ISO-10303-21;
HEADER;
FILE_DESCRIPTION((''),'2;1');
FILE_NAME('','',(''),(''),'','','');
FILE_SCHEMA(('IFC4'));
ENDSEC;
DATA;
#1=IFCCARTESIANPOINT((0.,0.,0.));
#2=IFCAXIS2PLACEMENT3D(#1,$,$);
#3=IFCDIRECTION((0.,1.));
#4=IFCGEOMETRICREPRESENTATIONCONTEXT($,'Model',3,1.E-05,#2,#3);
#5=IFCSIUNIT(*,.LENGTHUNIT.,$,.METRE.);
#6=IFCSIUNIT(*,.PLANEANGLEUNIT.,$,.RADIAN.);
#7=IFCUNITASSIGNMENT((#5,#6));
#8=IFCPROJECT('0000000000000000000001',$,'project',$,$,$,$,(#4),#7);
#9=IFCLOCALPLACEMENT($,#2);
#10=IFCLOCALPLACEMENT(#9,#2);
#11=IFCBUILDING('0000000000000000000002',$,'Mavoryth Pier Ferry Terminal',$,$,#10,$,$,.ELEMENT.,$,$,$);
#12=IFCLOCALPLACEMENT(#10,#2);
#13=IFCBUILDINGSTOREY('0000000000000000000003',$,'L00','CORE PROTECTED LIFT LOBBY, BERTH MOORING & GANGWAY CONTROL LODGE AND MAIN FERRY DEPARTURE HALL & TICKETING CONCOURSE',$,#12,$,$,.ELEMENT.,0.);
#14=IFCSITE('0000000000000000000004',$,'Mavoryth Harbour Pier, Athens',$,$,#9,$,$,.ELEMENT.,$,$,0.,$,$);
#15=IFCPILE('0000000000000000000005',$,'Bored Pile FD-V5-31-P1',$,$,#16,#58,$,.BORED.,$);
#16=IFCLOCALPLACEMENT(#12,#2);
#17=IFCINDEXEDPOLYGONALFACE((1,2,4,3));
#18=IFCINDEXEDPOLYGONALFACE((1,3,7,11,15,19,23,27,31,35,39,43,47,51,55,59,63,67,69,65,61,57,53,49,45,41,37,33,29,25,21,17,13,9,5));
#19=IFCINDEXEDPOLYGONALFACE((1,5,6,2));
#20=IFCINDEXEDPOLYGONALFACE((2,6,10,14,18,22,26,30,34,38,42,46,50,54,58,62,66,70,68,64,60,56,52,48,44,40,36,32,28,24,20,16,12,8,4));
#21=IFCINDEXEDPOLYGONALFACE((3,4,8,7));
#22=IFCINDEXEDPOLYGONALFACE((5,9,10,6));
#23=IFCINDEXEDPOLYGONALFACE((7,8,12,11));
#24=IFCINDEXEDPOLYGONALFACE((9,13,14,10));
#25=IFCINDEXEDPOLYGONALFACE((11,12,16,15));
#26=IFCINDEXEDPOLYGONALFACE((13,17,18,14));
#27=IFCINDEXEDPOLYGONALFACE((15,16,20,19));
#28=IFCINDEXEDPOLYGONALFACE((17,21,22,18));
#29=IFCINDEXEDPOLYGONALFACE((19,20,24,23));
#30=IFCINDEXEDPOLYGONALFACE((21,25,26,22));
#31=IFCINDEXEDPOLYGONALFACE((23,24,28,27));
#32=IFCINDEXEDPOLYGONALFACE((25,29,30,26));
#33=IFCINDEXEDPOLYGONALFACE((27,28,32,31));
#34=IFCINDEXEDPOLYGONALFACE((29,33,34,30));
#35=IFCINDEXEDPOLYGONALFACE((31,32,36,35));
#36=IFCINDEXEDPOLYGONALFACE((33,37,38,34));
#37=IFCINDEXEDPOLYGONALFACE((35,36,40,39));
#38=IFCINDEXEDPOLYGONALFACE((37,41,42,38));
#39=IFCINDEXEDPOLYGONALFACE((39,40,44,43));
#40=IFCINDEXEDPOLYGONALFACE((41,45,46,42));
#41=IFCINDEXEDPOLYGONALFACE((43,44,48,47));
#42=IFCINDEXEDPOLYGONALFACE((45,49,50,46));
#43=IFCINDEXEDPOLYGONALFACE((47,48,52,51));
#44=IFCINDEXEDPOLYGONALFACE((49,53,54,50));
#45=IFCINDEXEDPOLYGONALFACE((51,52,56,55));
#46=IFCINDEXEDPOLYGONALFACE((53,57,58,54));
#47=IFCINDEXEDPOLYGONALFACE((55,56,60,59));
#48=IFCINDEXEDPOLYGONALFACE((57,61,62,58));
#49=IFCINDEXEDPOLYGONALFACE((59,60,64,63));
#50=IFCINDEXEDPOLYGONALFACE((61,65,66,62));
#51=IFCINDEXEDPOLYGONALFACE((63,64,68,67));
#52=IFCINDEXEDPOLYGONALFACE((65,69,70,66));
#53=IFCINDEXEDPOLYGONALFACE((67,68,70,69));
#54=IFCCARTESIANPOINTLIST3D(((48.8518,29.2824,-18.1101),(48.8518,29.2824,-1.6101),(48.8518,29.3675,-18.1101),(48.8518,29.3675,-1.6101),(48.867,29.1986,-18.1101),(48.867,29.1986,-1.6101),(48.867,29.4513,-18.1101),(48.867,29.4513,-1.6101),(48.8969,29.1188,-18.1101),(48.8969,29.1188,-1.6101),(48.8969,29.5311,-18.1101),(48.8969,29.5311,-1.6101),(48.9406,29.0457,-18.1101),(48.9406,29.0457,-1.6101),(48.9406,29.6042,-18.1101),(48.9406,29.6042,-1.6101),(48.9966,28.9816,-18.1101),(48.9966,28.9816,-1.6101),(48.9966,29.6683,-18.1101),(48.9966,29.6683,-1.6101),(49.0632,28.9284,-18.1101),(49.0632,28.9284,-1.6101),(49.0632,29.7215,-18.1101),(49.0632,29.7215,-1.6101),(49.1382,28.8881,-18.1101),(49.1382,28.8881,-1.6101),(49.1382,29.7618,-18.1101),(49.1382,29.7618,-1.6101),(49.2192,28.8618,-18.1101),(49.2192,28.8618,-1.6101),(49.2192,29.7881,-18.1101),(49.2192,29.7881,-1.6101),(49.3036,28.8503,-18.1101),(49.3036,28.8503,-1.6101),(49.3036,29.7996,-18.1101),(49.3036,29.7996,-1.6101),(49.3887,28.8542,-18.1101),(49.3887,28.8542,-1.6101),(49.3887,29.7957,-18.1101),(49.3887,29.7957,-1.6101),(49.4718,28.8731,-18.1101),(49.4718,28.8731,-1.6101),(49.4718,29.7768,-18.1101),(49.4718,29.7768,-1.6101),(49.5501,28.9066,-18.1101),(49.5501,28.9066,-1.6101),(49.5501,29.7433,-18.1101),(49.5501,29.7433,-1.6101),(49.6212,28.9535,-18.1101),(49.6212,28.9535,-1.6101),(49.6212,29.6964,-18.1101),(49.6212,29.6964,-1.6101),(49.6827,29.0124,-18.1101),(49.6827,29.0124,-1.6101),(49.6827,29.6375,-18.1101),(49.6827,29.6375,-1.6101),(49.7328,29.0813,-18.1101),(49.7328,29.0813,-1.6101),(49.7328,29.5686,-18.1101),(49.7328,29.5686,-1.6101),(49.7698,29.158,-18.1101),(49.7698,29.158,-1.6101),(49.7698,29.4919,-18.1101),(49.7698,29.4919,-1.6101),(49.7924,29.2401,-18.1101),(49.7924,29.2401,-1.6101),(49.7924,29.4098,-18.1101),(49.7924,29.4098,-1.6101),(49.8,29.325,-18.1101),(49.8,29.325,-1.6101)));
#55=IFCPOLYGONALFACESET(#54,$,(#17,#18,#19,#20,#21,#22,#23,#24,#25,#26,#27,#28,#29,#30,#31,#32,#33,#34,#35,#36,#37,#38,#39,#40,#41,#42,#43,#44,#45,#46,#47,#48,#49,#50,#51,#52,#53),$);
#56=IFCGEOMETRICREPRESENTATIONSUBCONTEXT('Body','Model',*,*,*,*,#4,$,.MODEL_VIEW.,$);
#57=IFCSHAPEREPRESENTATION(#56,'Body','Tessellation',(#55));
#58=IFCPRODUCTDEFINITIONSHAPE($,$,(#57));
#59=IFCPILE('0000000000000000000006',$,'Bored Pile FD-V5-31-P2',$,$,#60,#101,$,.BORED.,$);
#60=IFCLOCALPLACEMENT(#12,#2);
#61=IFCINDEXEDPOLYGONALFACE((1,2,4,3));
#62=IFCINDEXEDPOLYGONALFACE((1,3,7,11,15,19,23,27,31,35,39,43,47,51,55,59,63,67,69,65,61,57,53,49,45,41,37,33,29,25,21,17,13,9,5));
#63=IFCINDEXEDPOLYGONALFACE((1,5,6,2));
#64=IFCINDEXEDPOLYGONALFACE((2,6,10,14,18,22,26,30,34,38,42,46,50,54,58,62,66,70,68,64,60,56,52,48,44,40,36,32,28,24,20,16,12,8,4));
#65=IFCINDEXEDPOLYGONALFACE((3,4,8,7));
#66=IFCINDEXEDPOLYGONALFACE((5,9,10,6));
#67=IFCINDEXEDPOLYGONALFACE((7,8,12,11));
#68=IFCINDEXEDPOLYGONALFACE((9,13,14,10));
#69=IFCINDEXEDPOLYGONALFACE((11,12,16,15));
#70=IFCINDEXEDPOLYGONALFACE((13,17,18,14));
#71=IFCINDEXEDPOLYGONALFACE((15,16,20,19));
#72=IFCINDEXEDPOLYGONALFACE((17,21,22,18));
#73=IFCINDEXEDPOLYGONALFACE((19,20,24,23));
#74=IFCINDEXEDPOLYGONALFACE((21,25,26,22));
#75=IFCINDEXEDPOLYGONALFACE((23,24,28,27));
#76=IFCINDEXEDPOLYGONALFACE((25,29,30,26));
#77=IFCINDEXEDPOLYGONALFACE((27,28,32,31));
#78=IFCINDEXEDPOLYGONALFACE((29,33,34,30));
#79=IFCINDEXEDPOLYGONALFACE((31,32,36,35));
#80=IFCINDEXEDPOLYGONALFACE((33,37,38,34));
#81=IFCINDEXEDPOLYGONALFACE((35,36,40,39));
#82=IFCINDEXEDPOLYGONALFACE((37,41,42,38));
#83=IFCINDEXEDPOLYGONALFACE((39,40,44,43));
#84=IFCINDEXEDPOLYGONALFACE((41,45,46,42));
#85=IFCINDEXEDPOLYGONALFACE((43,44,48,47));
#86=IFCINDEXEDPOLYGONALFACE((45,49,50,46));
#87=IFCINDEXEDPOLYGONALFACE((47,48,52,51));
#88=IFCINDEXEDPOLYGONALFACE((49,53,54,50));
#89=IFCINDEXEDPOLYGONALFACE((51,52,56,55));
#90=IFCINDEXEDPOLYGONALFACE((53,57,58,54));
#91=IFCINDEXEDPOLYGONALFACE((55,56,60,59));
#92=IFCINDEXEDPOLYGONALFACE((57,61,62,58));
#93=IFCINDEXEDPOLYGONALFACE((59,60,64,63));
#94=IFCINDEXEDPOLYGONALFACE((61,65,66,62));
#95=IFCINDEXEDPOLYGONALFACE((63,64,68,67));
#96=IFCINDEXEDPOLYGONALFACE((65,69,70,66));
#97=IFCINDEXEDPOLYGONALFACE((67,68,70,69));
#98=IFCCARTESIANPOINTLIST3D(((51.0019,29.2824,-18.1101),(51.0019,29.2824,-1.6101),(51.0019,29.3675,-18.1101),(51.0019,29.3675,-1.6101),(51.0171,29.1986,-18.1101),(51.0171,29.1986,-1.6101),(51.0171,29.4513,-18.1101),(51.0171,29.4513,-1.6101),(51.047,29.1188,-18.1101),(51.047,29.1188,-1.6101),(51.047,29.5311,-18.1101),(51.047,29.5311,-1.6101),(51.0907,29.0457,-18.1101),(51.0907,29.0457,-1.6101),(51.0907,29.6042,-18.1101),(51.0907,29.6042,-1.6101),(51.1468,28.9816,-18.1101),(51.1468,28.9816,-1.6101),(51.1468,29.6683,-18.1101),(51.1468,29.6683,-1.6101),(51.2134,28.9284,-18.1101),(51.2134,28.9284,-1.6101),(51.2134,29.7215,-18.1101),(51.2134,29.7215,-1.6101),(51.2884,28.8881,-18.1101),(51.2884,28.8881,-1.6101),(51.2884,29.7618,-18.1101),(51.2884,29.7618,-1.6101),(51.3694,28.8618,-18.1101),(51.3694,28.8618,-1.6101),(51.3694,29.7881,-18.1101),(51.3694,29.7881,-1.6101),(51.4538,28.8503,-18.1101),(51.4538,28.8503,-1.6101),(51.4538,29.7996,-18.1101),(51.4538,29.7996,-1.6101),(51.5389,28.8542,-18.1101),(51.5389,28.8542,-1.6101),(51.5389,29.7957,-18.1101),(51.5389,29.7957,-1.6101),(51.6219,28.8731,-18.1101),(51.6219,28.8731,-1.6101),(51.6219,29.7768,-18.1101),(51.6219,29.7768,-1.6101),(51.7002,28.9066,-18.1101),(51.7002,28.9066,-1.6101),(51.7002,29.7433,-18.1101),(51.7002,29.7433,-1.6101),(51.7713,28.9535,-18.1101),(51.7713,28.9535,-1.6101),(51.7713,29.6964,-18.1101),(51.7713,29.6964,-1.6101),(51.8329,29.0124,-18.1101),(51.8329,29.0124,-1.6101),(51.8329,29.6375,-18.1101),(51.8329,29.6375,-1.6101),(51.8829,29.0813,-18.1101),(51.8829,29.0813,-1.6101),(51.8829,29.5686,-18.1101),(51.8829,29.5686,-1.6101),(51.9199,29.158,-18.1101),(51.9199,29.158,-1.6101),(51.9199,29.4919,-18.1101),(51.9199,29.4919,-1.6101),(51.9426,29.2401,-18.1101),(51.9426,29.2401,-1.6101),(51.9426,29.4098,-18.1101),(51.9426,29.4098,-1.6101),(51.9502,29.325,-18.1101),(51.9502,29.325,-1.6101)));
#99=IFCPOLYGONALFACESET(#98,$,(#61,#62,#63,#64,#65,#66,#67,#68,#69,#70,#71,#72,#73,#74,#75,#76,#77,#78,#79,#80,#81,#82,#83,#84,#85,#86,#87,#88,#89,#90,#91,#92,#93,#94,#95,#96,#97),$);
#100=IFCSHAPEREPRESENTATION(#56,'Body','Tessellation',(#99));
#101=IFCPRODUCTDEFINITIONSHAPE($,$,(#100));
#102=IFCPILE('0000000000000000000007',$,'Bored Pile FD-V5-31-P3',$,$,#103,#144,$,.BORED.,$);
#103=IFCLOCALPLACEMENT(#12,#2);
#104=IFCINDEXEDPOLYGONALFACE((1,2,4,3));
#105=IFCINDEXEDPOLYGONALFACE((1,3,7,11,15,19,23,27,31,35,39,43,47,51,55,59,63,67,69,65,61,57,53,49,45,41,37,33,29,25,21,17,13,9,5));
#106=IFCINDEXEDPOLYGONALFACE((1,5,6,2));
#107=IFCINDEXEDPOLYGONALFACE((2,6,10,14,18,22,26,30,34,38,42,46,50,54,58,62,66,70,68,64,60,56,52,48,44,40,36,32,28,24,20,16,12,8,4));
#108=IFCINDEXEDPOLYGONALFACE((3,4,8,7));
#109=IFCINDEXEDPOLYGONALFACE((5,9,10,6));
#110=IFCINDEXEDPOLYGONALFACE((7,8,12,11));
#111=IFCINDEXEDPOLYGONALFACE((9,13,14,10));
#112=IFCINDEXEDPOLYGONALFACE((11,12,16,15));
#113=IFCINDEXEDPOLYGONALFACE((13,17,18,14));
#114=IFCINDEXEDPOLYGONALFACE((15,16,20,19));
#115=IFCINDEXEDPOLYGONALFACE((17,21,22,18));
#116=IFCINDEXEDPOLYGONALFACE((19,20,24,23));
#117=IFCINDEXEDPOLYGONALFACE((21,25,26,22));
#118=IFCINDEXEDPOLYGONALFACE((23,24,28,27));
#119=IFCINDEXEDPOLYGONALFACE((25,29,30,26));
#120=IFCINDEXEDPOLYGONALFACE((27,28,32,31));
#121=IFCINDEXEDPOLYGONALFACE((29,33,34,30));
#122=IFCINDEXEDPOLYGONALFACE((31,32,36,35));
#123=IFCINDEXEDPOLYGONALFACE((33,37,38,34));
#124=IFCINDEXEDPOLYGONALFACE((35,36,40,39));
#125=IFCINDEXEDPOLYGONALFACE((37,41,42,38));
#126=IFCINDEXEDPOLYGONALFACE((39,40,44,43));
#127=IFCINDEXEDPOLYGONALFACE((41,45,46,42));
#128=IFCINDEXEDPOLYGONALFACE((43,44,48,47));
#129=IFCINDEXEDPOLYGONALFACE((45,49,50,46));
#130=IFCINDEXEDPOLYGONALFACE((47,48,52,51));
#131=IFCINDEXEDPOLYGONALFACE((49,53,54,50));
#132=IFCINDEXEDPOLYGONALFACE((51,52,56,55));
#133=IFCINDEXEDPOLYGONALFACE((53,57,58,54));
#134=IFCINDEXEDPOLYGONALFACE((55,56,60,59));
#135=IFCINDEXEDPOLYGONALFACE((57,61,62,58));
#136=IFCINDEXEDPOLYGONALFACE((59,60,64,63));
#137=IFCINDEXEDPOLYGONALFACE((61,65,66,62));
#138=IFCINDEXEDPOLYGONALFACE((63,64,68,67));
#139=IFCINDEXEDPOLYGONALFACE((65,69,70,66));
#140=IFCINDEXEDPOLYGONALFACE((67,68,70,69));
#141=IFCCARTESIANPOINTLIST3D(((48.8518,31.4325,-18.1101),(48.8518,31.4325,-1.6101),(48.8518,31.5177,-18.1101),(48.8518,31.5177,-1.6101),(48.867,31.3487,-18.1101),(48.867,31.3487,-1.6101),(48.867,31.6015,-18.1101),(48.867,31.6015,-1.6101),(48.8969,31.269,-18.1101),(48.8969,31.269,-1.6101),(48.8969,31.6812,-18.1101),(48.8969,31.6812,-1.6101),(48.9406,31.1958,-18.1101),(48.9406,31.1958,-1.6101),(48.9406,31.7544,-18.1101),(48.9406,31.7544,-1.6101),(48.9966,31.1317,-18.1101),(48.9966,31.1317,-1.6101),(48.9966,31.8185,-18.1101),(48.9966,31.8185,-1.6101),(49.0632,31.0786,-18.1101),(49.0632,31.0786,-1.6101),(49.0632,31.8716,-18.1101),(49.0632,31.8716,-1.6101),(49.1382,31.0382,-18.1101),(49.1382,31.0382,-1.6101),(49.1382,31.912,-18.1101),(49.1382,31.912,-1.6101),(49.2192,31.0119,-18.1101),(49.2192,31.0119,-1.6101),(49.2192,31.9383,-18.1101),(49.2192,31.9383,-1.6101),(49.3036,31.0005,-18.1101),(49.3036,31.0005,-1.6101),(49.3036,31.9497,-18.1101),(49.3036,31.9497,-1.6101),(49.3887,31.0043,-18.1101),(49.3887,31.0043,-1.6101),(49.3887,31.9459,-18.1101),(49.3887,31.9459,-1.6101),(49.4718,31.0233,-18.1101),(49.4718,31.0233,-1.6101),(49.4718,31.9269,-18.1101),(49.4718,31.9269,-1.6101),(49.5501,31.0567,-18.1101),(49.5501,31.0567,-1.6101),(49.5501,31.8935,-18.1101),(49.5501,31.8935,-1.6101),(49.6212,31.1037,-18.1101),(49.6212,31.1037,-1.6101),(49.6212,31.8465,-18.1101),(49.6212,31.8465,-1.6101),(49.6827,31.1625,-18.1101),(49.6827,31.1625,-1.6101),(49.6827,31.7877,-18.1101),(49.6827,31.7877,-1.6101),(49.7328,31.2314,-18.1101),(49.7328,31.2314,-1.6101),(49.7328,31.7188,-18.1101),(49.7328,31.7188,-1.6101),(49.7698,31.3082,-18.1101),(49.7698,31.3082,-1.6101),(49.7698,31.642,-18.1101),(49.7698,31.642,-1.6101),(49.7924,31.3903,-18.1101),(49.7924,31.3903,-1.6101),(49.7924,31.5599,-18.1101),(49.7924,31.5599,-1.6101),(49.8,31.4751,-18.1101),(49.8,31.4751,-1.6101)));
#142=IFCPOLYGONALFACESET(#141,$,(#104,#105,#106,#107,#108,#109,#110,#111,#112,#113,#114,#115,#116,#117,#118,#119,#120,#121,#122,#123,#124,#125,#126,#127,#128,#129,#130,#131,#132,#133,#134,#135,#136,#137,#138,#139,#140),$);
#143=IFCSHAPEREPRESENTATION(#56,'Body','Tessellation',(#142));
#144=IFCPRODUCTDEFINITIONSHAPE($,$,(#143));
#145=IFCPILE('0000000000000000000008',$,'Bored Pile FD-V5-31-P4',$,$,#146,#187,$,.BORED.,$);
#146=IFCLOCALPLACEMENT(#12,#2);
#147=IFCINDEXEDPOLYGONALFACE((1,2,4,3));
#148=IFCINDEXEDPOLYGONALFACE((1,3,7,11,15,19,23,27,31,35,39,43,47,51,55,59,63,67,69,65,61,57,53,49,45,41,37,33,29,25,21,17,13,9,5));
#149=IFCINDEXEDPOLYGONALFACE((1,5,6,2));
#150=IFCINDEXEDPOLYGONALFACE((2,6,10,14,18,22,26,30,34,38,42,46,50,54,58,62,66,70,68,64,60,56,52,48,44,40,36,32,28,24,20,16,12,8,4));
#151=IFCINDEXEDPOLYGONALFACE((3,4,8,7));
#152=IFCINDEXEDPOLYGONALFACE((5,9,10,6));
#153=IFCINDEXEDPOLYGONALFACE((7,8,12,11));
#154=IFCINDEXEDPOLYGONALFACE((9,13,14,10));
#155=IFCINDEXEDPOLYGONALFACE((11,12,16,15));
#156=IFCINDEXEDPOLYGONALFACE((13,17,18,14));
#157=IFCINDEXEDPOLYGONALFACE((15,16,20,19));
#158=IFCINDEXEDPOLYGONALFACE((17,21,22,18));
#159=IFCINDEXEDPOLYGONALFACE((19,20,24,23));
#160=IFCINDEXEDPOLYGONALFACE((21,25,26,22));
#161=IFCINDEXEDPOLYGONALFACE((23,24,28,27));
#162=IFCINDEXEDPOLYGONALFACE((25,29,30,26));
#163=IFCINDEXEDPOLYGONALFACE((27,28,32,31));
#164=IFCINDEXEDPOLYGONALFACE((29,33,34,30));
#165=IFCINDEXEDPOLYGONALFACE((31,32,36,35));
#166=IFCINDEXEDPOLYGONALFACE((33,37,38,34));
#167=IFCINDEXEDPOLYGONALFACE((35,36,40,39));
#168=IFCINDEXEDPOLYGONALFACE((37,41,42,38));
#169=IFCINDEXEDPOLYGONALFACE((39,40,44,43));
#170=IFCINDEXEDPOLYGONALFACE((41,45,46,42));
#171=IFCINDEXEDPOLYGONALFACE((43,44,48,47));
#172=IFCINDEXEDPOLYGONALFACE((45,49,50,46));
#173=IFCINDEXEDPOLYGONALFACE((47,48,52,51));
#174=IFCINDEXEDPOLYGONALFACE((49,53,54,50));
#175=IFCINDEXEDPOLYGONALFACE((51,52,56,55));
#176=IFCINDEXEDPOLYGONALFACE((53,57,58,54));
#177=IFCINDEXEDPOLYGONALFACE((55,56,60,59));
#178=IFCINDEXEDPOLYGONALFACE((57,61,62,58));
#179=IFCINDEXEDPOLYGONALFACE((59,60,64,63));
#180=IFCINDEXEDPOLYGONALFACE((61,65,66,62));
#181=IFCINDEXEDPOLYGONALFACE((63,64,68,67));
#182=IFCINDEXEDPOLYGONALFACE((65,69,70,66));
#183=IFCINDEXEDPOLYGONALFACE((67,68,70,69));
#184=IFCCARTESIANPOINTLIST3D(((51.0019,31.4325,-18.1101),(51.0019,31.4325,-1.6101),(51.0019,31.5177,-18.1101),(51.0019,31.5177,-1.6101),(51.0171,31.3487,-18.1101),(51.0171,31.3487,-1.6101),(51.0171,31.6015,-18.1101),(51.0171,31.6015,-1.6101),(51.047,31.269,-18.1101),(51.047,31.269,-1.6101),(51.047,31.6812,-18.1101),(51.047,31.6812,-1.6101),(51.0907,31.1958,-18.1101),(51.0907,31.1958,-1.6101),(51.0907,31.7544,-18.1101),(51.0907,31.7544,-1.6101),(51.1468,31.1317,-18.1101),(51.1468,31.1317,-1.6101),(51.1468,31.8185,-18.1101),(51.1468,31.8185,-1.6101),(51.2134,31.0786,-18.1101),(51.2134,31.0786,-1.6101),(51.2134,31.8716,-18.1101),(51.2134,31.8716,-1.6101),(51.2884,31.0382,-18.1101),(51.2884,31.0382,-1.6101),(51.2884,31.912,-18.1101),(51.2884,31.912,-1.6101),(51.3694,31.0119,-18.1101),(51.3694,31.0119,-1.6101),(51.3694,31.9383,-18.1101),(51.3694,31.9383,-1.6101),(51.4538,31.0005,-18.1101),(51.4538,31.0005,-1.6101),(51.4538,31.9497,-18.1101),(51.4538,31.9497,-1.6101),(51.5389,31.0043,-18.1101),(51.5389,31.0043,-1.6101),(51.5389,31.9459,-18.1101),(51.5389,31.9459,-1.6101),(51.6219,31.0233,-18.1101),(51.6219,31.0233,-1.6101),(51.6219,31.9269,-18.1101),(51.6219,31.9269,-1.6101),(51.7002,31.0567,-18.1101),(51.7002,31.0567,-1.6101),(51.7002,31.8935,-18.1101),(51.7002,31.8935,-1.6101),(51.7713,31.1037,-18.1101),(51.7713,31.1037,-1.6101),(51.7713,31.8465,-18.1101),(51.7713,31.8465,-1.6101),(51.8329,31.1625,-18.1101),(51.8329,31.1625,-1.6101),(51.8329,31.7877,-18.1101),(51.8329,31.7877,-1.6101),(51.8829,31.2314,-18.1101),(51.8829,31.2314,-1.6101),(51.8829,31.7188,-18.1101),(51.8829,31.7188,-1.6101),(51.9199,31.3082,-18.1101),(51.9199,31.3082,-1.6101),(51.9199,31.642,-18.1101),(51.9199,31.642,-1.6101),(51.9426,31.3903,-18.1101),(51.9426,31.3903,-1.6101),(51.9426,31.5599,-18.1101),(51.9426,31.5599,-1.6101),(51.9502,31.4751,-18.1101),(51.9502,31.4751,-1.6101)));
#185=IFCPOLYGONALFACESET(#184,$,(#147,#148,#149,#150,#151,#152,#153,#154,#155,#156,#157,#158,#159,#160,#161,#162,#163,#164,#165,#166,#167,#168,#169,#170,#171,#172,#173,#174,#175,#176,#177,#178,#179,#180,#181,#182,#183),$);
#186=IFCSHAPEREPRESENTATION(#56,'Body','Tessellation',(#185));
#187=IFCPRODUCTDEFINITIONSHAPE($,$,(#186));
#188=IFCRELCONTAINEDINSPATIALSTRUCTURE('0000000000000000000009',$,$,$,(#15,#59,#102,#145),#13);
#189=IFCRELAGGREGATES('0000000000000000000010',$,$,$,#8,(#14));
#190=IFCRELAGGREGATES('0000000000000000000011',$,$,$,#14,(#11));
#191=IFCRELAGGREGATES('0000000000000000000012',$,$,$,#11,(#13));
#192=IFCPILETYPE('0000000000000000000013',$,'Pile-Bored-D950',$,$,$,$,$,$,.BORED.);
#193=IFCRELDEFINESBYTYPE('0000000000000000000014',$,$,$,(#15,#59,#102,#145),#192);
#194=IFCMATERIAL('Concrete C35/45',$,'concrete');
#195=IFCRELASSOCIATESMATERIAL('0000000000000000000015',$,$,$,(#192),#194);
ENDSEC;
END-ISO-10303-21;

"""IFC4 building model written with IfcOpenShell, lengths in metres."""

from ifc_helpers import new_model, si_unit, direction, frame, origin, origin_2d, place, context, subcontext, project, spatial, circle, extrude, material, material_profile, profile_set, type_object, element, save


model = new_model("IFC4")

# Units and contexts
model_context = context("Model", 3, precision=1e-05, world=origin(), true_north=direction((0.0, 1.0)))
body_context = subcontext(model_context, "Body", "Model", "MODEL_VIEW")
ifc_project = project(units=[si_unit("LENGTHUNIT", "METRE"), si_unit("PLANEANGLEUNIT", "RADIAN")], contexts=[model_context])

# Site, building, storey
site_placement = place(None, origin())
site = spatial("IfcSite", under=ifc_project, at=site_placement, Name="Mavoryth Harbour Pier, Athens", CompositionType="ELEMENT", RefElevation=0.0)
building_placement = place(site_placement, origin())
building = spatial("IfcBuilding", under=site, at=building_placement, Name="Mavoryth Pier Ferry Terminal", CompositionType="ELEMENT")
storey_placement = place(building_placement, origin())
storey = spatial("IfcBuildingStorey", under=building, at=storey_placement, Name="L00", Description="CORE PROTECTED LIFT LOBBY, BERTH MOORING & GANGWAY CONTROL LODGE AND MAIN FERRY DEPARTURE HALL & TICKETING CONCOURSE", CompositionType="ELEMENT", Elevation=0.0)

# Shared definitions
ifc_material_1 = material(Name="Concrete C35/45", Category="concrete")

# Piles
ifc_material_profile_1 = material_profile(ifc_material_1, circle(Radius=0.4751, at=origin_2d()), Name="PILE D950", Category="concrete")
ifc_profile_set_1 = profile_set([ifc_material_profile_1], Name="Concrete C35/45 - PILE D950")
pile_type_1 = type_object("IfcPileType", Name="Pile-Bored-D950", PredefinedType="BORED", material=ifc_profile_set_1)
for number, where, z_axis, x_axis, name in (
    (1, (49.325, 29.325, -1.6101), (0.0, 0.0, -1.0), (1.0, 0.0, 0.0), "Bored Pile FD-V5-31-P1"),
    (2, (51.4751, 29.325, -1.6101), (0.0, 0.0, -1.0), (1.0, 0.0, 0.0), "Bored Pile FD-V5-31-P2"),
    (3, (49.325, 31.4751, -1.6101), (0.0, 0.0, -1.0), (1.0, 0.0, 0.0), "Bored Pile FD-V5-31-P3"),
    (4, (51.4751, 31.4751, -1.6101), (0.0, 0.0, -1.0), (1.0, 0.0, 0.0), "Bored Pile FD-V5-31-P4"),
):
    element("IfcPile", number, at=place(storey_placement, frame(where, z_axis=z_axis, x_axis=x_axis)), inside=storey, type_object=pile_type_1, Name=name, PredefinedType="BORED", context=body_context, shape_type="SweptSolid", body=[
        extrude(circle(Radius=0.4751, at=origin_2d()), origin(), (0.0, 0.0, 1.0), 16.5),
    ])

save(model, "model.ifc")
